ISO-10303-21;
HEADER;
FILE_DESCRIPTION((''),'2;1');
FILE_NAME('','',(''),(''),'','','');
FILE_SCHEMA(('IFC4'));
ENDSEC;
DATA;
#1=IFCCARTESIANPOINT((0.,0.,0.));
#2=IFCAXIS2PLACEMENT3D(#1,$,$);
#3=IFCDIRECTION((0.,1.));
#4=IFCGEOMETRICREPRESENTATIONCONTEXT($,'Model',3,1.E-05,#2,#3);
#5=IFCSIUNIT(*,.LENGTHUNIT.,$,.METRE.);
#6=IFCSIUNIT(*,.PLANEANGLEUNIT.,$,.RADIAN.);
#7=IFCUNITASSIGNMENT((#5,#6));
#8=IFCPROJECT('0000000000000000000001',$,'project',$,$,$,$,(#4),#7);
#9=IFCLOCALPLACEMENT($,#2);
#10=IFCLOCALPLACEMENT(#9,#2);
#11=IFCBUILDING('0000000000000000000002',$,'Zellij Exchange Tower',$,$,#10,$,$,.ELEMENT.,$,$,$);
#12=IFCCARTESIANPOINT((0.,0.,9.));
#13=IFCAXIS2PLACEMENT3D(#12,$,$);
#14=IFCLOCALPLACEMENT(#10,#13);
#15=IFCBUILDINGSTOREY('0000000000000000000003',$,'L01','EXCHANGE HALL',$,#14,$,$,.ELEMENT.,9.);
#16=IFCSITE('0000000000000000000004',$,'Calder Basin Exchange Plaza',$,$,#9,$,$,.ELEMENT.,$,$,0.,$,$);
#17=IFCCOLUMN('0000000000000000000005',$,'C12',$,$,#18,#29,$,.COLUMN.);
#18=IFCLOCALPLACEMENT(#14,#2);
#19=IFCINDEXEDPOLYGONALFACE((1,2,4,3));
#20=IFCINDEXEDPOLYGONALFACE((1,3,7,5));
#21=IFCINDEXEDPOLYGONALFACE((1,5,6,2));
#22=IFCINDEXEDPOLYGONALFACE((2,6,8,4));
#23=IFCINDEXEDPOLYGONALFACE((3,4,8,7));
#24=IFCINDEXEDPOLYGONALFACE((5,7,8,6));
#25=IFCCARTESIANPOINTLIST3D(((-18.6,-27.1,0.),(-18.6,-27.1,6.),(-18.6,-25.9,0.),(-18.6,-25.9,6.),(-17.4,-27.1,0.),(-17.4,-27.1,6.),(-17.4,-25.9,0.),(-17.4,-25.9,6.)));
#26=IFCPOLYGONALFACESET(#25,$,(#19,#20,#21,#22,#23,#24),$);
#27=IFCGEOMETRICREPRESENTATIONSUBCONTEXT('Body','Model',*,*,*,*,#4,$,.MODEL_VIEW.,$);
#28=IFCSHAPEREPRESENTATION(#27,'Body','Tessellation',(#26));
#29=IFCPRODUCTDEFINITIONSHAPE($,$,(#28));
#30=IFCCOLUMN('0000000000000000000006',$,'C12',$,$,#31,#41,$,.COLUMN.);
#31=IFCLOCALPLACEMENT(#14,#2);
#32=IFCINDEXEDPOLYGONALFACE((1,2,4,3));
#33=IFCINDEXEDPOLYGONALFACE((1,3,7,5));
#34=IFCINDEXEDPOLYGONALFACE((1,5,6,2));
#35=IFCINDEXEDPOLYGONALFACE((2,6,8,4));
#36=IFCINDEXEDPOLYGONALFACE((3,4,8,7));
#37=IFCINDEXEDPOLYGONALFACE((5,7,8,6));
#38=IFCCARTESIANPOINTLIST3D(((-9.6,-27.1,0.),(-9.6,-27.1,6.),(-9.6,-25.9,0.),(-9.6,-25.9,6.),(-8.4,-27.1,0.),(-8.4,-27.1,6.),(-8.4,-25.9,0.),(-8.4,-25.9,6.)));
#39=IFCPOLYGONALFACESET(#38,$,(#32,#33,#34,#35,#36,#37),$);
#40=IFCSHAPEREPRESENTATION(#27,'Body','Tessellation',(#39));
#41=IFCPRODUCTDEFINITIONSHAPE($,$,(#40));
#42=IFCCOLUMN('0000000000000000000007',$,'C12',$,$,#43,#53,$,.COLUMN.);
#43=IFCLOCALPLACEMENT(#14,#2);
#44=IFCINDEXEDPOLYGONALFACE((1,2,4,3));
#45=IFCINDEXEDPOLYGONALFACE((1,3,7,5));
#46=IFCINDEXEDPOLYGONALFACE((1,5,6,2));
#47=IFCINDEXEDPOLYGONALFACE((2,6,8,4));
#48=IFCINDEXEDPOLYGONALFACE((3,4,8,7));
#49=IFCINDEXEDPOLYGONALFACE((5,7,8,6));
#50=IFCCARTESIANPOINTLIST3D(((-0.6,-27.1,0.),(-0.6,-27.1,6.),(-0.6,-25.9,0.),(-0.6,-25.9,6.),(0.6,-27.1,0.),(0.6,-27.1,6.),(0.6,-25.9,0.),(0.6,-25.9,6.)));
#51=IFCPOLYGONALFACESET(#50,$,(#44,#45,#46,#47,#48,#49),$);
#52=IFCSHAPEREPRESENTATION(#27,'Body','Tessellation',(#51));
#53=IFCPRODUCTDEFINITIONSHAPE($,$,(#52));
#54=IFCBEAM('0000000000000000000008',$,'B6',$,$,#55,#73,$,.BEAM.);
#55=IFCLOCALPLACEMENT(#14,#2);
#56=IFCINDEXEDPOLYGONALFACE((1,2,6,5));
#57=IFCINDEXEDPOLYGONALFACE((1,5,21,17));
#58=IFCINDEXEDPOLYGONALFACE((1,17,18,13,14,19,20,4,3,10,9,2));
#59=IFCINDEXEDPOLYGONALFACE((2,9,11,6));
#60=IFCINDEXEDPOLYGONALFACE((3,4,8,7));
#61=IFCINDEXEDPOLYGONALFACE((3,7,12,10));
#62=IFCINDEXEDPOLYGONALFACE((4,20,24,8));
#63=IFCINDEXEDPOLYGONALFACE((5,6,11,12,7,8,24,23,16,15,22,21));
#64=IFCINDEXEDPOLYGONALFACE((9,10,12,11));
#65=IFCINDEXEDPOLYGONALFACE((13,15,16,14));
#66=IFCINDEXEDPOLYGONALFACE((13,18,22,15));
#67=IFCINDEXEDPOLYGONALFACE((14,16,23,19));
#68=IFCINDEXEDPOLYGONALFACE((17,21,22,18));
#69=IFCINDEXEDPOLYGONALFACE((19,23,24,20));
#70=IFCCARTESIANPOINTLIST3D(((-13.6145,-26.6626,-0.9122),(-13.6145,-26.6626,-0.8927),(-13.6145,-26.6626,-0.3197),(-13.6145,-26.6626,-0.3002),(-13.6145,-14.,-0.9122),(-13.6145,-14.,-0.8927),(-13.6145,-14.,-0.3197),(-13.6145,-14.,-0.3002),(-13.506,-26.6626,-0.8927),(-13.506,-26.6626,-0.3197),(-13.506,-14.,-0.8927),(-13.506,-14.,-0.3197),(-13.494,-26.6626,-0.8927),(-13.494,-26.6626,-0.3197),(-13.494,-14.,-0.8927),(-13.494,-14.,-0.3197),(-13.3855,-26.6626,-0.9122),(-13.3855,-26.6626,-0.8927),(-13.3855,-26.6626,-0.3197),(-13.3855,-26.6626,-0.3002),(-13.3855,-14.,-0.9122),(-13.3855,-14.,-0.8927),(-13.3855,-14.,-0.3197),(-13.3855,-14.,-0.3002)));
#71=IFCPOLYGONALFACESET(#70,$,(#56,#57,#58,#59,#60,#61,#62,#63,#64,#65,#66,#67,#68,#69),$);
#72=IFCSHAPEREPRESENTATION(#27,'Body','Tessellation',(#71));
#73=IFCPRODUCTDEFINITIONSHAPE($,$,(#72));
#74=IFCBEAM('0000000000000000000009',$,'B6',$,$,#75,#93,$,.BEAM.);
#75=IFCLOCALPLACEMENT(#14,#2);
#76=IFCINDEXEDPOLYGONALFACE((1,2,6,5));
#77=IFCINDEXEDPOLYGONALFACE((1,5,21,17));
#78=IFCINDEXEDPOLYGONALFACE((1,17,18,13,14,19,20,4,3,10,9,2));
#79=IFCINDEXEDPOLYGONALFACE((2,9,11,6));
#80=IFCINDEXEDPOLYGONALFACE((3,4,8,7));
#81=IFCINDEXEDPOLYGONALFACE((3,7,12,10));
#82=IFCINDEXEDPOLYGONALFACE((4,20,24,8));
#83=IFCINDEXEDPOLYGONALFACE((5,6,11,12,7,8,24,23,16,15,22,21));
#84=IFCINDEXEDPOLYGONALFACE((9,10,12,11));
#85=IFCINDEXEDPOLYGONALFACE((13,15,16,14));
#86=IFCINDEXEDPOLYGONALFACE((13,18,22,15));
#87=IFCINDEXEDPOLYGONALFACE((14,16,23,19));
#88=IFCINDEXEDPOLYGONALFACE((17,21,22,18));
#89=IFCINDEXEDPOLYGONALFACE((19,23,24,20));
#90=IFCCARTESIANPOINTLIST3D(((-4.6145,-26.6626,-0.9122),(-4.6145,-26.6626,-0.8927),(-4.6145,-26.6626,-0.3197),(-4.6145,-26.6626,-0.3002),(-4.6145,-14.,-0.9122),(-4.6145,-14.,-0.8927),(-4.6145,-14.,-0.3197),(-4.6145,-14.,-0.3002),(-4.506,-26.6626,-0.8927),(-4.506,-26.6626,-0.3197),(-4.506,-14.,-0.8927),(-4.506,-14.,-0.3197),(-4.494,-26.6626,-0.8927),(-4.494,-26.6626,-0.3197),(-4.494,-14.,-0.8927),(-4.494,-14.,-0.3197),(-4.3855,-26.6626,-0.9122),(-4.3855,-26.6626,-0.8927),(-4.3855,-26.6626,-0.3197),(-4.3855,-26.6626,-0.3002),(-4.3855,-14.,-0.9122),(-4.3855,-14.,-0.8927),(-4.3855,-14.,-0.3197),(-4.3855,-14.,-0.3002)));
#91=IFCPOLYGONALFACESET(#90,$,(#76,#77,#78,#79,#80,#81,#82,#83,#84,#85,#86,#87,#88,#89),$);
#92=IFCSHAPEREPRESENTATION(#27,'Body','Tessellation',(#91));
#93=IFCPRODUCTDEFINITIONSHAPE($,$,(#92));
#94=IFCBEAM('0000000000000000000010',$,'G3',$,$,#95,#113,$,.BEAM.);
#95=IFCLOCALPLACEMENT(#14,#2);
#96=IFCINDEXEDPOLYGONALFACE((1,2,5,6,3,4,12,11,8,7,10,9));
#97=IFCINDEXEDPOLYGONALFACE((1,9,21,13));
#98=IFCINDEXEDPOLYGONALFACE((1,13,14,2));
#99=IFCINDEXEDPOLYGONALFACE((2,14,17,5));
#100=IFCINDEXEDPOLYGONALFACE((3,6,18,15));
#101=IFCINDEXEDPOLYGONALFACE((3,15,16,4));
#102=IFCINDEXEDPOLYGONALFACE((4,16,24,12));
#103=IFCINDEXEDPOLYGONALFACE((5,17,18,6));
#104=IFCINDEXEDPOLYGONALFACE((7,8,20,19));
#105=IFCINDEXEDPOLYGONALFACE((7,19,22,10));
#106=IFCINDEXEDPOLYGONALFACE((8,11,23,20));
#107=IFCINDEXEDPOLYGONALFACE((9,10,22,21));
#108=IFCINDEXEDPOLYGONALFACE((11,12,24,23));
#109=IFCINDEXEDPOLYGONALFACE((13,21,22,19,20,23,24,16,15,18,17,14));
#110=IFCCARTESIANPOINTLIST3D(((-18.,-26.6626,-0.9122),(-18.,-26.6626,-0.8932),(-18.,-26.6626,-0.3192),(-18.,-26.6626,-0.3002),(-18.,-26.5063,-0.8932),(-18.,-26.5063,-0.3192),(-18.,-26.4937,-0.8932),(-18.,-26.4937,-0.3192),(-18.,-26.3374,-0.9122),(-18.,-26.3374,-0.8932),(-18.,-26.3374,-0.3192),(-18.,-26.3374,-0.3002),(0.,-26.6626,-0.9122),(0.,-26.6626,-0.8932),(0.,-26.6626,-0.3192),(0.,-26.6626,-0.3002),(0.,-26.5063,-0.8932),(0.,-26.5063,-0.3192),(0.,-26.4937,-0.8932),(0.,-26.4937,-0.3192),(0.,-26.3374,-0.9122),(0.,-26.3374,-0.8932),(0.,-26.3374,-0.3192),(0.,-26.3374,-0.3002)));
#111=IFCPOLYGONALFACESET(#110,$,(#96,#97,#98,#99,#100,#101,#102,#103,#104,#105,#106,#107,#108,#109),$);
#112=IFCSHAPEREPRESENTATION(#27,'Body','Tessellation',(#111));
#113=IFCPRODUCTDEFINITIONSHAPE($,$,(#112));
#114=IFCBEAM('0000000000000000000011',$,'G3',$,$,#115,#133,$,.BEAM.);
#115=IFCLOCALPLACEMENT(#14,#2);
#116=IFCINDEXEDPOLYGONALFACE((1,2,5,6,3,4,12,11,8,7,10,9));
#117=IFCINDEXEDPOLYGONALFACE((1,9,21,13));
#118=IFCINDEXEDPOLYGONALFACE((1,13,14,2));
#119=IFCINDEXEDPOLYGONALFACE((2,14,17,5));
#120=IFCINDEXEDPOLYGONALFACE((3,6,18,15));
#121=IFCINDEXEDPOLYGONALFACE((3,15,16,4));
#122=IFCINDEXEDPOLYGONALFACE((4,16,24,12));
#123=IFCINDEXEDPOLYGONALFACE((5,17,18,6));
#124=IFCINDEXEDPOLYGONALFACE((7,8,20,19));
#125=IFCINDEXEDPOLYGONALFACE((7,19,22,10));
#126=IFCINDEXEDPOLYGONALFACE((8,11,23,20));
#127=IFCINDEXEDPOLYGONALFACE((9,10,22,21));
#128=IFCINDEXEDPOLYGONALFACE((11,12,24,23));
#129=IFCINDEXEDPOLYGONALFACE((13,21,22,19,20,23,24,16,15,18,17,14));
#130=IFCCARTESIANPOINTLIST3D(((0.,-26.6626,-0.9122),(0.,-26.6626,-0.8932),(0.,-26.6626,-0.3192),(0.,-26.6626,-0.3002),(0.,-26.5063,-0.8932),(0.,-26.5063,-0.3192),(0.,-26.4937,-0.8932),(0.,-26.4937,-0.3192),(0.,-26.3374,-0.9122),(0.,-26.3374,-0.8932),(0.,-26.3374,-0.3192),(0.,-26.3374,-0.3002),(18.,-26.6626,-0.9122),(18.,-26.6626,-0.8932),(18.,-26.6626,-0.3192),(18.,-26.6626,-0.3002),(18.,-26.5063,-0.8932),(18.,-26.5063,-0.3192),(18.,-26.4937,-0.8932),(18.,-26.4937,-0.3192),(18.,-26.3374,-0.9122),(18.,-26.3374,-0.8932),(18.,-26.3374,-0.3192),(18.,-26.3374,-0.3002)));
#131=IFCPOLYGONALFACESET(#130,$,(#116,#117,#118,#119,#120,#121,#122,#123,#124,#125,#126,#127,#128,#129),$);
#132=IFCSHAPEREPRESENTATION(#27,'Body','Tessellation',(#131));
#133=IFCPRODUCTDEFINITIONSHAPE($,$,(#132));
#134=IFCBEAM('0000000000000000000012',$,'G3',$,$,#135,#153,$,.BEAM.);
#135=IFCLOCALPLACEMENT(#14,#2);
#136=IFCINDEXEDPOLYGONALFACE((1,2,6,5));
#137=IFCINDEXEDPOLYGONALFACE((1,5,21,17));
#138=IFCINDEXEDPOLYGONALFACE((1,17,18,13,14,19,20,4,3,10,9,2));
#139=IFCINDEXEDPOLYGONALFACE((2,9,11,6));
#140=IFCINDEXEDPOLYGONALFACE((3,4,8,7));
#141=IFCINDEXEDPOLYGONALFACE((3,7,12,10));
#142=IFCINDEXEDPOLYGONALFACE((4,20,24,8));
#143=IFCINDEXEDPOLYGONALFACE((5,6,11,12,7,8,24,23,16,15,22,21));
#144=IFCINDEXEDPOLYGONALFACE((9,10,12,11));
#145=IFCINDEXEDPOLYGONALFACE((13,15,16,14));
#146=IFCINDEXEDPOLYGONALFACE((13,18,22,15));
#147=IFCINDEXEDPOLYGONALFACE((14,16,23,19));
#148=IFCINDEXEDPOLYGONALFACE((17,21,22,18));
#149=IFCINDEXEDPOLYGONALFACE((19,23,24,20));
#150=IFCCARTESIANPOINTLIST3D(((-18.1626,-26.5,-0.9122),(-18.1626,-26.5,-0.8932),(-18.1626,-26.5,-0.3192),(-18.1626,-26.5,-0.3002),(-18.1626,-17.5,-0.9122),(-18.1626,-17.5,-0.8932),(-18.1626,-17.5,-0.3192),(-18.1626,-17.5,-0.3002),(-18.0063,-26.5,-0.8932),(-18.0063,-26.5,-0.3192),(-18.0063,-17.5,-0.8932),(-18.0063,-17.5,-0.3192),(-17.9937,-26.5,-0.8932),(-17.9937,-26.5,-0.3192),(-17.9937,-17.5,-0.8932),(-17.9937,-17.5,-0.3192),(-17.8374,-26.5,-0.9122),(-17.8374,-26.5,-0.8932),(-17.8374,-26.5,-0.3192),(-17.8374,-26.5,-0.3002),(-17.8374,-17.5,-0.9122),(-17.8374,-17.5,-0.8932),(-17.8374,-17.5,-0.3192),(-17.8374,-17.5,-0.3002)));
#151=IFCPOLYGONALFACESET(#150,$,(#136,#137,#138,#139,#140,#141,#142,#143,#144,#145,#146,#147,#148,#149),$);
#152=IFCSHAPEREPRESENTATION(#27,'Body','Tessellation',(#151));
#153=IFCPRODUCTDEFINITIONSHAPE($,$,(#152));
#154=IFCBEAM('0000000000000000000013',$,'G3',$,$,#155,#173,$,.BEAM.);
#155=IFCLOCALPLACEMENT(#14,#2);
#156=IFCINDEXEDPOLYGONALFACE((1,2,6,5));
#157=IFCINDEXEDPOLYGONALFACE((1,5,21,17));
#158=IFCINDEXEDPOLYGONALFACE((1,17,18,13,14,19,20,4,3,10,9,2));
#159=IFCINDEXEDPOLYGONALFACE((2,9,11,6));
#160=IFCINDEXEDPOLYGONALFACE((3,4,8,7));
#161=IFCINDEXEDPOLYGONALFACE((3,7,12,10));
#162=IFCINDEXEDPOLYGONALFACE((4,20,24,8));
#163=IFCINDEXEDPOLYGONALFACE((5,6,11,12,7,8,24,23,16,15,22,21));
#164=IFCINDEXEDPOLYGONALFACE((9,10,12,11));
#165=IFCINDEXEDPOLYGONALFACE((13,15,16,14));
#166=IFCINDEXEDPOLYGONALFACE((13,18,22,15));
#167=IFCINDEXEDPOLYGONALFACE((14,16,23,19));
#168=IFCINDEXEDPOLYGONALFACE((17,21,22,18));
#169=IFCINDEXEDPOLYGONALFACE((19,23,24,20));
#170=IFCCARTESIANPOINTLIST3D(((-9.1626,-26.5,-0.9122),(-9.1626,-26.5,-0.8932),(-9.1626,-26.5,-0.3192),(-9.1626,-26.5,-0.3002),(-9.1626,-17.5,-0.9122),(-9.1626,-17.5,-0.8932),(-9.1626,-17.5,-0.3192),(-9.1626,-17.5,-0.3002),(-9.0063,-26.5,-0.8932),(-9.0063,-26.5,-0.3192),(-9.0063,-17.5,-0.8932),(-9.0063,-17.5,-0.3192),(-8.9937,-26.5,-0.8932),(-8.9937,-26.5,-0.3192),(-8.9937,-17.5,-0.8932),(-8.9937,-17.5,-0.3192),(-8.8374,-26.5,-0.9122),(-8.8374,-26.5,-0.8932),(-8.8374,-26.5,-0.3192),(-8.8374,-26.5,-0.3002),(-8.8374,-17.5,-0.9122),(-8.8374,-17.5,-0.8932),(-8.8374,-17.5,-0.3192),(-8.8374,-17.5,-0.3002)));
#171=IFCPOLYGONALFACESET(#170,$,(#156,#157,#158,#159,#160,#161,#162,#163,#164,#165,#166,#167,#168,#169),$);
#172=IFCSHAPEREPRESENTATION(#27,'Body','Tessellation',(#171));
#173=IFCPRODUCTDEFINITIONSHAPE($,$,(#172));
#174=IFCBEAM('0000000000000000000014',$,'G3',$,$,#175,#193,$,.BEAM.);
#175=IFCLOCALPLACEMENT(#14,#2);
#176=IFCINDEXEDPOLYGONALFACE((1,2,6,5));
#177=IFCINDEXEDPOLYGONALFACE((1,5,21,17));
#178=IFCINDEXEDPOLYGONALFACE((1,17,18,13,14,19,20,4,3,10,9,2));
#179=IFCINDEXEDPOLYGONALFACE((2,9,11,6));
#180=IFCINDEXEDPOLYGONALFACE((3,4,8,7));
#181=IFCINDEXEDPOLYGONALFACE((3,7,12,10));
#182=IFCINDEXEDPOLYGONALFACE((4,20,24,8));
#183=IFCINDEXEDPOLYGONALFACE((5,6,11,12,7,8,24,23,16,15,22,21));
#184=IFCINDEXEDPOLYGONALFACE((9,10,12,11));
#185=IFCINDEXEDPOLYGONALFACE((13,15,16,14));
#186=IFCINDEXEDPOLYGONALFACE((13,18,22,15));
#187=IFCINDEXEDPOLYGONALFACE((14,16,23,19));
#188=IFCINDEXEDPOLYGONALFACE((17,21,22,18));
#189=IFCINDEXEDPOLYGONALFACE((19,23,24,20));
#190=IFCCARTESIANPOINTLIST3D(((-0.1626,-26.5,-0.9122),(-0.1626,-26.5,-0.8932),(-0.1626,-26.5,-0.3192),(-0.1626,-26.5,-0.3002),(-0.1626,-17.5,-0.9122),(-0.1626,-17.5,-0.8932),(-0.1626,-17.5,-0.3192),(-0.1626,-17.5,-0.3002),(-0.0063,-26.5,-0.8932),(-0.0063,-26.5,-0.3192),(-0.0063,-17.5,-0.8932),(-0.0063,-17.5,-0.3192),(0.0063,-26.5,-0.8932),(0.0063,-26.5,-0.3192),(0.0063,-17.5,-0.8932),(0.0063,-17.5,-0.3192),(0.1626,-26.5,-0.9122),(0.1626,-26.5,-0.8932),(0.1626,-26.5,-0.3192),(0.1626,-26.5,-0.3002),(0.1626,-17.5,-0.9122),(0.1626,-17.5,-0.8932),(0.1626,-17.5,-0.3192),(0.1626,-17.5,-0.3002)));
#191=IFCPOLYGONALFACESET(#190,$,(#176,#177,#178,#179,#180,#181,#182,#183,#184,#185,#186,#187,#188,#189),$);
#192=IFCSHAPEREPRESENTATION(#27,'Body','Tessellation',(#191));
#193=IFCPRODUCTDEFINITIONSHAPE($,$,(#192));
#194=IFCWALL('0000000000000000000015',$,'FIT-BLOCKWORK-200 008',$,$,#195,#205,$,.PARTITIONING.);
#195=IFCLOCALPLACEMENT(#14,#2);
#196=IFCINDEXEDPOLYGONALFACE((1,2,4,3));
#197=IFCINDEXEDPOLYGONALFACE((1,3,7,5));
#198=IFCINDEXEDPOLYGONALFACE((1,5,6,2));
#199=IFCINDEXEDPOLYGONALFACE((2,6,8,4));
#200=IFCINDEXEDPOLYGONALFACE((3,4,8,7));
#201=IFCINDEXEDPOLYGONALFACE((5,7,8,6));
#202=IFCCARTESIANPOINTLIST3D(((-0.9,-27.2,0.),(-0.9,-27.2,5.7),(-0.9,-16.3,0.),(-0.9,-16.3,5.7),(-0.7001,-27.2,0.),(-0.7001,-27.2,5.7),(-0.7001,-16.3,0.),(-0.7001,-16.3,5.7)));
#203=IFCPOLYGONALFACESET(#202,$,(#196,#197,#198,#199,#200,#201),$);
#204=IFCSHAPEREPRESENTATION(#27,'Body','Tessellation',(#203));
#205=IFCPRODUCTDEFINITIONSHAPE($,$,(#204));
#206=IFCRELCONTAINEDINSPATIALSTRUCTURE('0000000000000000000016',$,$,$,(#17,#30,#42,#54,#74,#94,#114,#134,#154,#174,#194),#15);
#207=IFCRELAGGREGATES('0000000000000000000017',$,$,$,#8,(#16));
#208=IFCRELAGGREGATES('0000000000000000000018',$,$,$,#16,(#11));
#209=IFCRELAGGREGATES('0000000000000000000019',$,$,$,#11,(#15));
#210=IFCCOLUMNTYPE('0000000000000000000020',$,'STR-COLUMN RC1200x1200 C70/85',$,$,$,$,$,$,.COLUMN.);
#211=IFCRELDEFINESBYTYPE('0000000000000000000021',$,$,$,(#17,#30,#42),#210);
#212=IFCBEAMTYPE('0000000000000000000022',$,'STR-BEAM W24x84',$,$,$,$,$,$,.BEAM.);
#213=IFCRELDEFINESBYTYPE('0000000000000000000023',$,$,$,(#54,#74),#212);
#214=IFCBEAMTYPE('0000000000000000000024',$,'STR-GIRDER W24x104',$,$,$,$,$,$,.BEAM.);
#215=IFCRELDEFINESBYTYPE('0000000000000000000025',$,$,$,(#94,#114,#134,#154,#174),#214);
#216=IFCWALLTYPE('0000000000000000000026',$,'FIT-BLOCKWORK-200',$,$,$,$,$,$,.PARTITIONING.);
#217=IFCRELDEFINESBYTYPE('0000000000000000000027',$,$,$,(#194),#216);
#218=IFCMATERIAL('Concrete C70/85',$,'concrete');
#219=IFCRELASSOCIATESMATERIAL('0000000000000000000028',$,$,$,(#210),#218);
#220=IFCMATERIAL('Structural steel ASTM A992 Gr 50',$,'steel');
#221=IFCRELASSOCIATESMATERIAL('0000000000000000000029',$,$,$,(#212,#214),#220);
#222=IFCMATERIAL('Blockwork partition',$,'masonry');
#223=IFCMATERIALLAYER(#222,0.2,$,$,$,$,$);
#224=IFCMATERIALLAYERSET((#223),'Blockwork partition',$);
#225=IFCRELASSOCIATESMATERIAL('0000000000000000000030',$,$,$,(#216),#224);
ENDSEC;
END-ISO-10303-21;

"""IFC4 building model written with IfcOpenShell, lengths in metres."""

from ifc_helpers import new_model, si_unit, direction, frame, frame_2d, origin, origin_2d, place, context, subcontext, project, spatial, rectangle, i_section, extrude, material, layer, layer_set, material_profile, profile_set, type_object, element, save


model = new_model("IFC4")

# Units and contexts
model_context = context("Model", 3, precision=1e-05, world=origin(), true_north=direction((0.0, 1.0)))
body_context = subcontext(model_context, "Body", "Model", "MODEL_VIEW")
ifc_project = project(units=[si_unit("LENGTHUNIT", "METRE"), si_unit("PLANEANGLEUNIT", "RADIAN")], contexts=[model_context])

# Site, building, storey
site_placement = place(None, origin())
site = spatial("IfcSite", under=ifc_project, at=site_placement, Name="Calder Basin Exchange Plaza", CompositionType="ELEMENT", RefElevation=0.0)
building_placement = place(site_placement, origin())
building = spatial("IfcBuilding", under=site, at=building_placement, Name="Zellij Exchange Tower", CompositionType="ELEMENT")
storey_placement = place(building_placement, frame((0.0, 0.0, 9.0)))
storey = spatial("IfcBuildingStorey", under=building, at=storey_placement, Name="L01", Description="EXCHANGE HALL", CompositionType="ELEMENT", Elevation=9.0)

# Columns
ifc_material_1 = material(Name="Concrete C70/85", Category="concrete")
ifc_material_profile_1 = material_profile(ifc_material_1, rectangle(XDim=1.2, YDim=1.2, at=origin_2d()), Name="STR-COLUMN RC1200x1200 C70/85")
ifc_profile_set_1 = profile_set([ifc_material_profile_1], Name="Concrete C70/85")
column_type = type_object("IfcColumnType", Name="STR-COLUMN RC1200x1200 C70/85", PredefinedType="COLUMN", material=ifc_profile_set_1)
for number, where, z_axis, x_axis, name in (
    (1, (-18.0, -26.5, 0.0), (0.0, 0.0, 1.0), (1.0, 0.0, 0.0), "C12"),
    (2, (-9.0, -26.5, 0.0), (0.0, 0.0, 1.0), (1.0, 0.0, 0.0), "C12"),
    (3, (0.0, -26.5, 0.0), (0.0, 0.0, 1.0), (1.0, 0.0, 0.0), "C12"),
):
    element("IfcColumn", number, at=place(storey_placement, frame(where, z_axis=z_axis, x_axis=x_axis)), inside=storey, type_object=column_type, Name=name, PredefinedType="COLUMN", context=body_context, shape_type="SweptSolid", body=[
        extrude(rectangle(XDim=1.2, YDim=1.2, at=origin_2d()), origin(), (0.0, 0.0, 1.0), 6.0),
    ])

# Beams
ifc_material_2 = material(Name="Structural steel ASTM A992 Gr 50", Category="steel")
ifc_material_profile_2 = material_profile(ifc_material_2, i_section(OverallWidth=0.229, OverallDepth=0.6121, WebThickness=0.012, FlangeThickness=0.0195, at=origin_2d()), Name="W24x84")
ifc_profile_set_2 = profile_set([ifc_material_profile_2], Name="Structural steel ASTM A992 Gr 50")
beam_type_1 = type_object("IfcBeamType", Name="STR-BEAM W24x84", PredefinedType="BEAM", material=ifc_profile_set_2)
for number, where, z_axis, x_axis, name in (
    (4, (-13.5, -26.6626, -0.6062), (0.0, 1.0, 0.0), (-1.0, 0.0, 0.0), "B6"),
    (5, (-4.5, -26.6626, -0.6062), (0.0, 1.0, 0.0), (-1.0, 0.0, 0.0), "B6"),
):
    element("IfcBeam", number, at=place(storey_placement, frame(where, z_axis=z_axis, x_axis=x_axis)), inside=storey, type_object=beam_type_1, Name=name, PredefinedType="BEAM", context=body_context, shape_type="SweptSolid", body=[
        extrude(i_section(OverallWidth=0.229, OverallDepth=0.6121, WebThickness=0.012, FlangeThickness=0.0195, at=origin_2d()), origin(), (0.0, 0.0, 1.0), 12.6626),
    ])
ifc_material_profile_3 = material_profile(ifc_material_2, i_section(OverallWidth=0.3252, OverallDepth=0.6121, WebThickness=0.0127, FlangeThickness=0.019, at=origin_2d()), Name="W24x104")
ifc_profile_set_3 = profile_set([ifc_material_profile_3], Name="Structural steel ASTM A992 Gr 50")
beam_type_2 = type_object("IfcBeamType", Name="STR-GIRDER W24x104", PredefinedType="BEAM", material=ifc_profile_set_3)
for number, where, z_axis, x_axis, name in (
    (6, (-18.0, -26.5, -0.6062), (1.0, 0.0, 0.0), (0.0, 1.0, 0.0), "G3"),
    (7, (0.0, -26.5, -0.6062), (1.0, 0.0, 0.0), (0.0, 1.0, 0.0), "G3"),
):
    element("IfcBeam", number, at=place(storey_placement, frame(where, z_axis=z_axis, x_axis=x_axis)), inside=storey, type_object=beam_type_2, Name=name, PredefinedType="BEAM", context=body_context, shape_type="SweptSolid", body=[
        extrude(i_section(OverallWidth=0.3252, OverallDepth=0.6121, WebThickness=0.0127, FlangeThickness=0.019, at=origin_2d()), origin(), (0.0, 0.0, 1.0), 18.0),
    ])
for number, where, z_axis, x_axis, name in (
    (8, (-18.0, -26.5, -0.6062), (0.0, 1.0, 0.0), (-1.0, 0.0, 0.0), "G3"),
    (9, (-9.0, -26.5, -0.6062), (0.0, 1.0, 0.0), (-1.0, 0.0, 0.0), "G3"),
    (10, (0.0, -26.5, -0.6062), (0.0, 1.0, 0.0), (-1.0, 0.0, 0.0), "G3"),
):
    element("IfcBeam", number, at=place(storey_placement, frame(where, z_axis=z_axis, x_axis=x_axis)), inside=storey, type_object=beam_type_2, Name=name, PredefinedType="BEAM", context=body_context, shape_type="SweptSolid", body=[
        extrude(i_section(OverallWidth=0.3252, OverallDepth=0.6121, WebThickness=0.0127, FlangeThickness=0.019, at=origin_2d()), origin(), (0.0, 0.0, 1.0), 9.0),
    ])

# Wall
ifc_material_3 = material(Name="Blockwork partition", Category="masonry")
ifc_layer_1 = layer(ifc_material_3, 0.2)
ifc_layer_set_1 = layer_set([ifc_layer_1], Name="Blockwork partition")
wall_type_1 = type_object("IfcWallType", Name="FIT-BLOCKWORK-200", PredefinedType="PARTITIONING", material=ifc_layer_set_1)
wall_1_placement = place(storey_placement, frame((-0.8, -27.2, 0.0), z_axis=(0.0, 0.0, 1.0), x_axis=(0.0, 1.0, 0.0)))
element("IfcWall", 11, at=wall_1_placement, inside=storey, type_object=wall_type_1, Name="FIT-BLOCKWORK-200 008", PredefinedType="PARTITIONING", context=body_context, shape_type="SweptSolid", body=[
    extrude(rectangle(XDim=10.8999, YDim=0.2, at=frame_2d((5.45, 0.0))), origin(), (0.0, 0.0, 1.0), 5.7),
])

save(model, "model.ifc")
